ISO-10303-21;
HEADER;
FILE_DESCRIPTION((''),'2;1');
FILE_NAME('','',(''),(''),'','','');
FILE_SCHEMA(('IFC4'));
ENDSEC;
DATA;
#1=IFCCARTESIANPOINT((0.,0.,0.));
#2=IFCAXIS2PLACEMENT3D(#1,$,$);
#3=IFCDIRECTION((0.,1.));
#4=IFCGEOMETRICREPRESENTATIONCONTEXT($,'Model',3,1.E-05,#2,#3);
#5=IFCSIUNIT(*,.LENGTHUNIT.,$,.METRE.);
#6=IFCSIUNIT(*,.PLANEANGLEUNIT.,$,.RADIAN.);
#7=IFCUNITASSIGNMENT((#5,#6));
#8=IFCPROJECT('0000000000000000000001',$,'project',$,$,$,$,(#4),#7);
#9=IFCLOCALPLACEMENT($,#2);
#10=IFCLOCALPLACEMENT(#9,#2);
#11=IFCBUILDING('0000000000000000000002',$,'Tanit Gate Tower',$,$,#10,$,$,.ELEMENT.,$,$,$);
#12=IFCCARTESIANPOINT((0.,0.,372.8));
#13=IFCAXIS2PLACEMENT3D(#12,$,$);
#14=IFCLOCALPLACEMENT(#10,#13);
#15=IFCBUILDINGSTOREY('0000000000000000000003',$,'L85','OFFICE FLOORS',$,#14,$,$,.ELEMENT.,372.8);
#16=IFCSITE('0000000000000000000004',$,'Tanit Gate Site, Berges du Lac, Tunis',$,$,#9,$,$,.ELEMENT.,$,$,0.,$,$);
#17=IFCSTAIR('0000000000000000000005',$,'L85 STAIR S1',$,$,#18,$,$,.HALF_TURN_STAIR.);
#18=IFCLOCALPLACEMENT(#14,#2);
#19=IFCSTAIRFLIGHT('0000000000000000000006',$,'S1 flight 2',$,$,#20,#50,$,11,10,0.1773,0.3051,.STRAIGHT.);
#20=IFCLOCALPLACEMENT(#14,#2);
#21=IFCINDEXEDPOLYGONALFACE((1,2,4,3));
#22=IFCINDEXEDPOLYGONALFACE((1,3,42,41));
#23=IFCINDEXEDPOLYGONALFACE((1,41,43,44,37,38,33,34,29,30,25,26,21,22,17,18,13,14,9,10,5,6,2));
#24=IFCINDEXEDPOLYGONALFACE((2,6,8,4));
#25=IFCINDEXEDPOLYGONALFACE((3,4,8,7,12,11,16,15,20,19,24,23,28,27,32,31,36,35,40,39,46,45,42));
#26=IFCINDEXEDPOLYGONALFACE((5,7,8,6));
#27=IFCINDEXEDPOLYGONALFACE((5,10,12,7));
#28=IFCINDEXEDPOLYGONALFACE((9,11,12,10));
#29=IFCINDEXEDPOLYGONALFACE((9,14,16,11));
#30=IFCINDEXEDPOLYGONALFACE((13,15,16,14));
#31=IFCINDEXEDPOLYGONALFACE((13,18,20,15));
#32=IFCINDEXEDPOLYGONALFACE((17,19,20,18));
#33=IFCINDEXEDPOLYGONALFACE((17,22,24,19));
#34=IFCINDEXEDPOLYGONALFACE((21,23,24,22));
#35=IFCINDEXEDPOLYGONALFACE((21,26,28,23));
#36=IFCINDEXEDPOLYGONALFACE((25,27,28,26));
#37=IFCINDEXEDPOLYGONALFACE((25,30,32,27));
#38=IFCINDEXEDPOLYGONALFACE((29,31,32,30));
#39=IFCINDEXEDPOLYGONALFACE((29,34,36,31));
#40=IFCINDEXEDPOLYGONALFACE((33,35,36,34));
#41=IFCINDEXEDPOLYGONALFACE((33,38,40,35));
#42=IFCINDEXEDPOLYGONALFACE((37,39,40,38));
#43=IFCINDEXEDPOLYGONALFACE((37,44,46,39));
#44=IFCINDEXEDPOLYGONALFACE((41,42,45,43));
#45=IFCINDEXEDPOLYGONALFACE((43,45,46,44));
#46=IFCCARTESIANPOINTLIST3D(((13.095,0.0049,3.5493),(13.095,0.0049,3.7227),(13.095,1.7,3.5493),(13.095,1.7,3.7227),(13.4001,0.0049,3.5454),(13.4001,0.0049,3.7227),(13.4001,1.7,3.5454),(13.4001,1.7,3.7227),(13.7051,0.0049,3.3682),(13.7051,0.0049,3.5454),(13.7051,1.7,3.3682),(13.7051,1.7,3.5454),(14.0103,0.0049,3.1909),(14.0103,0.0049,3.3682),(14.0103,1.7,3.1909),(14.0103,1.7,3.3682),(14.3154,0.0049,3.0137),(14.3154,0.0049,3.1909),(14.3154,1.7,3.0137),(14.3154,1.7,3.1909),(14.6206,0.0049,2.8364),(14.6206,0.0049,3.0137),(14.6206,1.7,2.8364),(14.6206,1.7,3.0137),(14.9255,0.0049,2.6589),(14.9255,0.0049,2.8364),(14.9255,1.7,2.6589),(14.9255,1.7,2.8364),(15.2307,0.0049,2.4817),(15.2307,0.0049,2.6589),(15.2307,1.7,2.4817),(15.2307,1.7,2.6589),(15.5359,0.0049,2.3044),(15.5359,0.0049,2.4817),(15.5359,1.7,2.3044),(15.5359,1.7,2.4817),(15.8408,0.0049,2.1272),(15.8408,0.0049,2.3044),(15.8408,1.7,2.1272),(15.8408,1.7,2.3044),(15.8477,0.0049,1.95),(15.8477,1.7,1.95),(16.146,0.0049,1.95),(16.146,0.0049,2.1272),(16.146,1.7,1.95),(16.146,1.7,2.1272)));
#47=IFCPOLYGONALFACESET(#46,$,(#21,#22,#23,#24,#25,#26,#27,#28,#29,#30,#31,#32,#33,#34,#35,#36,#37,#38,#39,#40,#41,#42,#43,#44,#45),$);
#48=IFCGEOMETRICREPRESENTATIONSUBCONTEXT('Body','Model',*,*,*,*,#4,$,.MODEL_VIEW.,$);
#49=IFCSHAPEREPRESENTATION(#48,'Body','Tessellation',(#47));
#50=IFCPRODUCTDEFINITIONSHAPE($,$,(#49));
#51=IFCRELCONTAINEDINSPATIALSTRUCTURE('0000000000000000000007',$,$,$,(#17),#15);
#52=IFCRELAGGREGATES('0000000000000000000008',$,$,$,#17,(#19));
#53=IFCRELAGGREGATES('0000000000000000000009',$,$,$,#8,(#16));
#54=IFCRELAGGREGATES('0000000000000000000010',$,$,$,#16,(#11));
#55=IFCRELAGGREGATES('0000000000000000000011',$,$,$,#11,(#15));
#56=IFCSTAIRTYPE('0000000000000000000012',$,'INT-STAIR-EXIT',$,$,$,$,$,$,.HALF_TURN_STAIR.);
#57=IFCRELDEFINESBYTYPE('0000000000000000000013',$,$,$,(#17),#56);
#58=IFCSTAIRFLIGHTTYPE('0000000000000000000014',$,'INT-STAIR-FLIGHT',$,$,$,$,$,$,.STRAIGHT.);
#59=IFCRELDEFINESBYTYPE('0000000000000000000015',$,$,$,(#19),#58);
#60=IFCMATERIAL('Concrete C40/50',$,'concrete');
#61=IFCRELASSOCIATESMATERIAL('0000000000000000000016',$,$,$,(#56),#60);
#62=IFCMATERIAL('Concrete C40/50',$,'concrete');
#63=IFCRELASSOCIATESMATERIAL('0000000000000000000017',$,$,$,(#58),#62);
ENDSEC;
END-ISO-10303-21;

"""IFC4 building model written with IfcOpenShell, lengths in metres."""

from ifc_helpers import new_model, si_unit, direction, frame, origin, place, context, subcontext, project, spatial, polyline, outline, extrude, material, type_object, element, aggregate, save


model = new_model("IFC4")

# Units and contexts
model_context = context("Model", 3, precision=1e-05, world=origin(), true_north=direction((0.0, 1.0)))
body_context = subcontext(model_context, "Body", "Model", "MODEL_VIEW")
ifc_project = project(units=[si_unit("LENGTHUNIT", "METRE"), si_unit("PLANEANGLEUNIT", "RADIAN")], contexts=[model_context])

# Site, building, storey
site_placement = place(None, origin())
site = spatial("IfcSite", under=ifc_project, at=site_placement, Name="Tanit Gate Site, Berges du Lac, Tunis", CompositionType="ELEMENT", RefElevation=0.0)
building_placement = place(site_placement, origin())
building = spatial("IfcBuilding", under=site, at=building_placement, Name="Tanit Gate Tower", CompositionType="ELEMENT")
storey_placement = place(building_placement, frame((0.0, 0.0, 372.8)))
storey = spatial("IfcBuildingStorey", under=building, at=storey_placement, Name="L85", Description="OFFICE FLOORS", CompositionType="ELEMENT", Elevation=372.8)

# Stair, stair flight
ifc_material_1 = material(Name="Concrete C40/50", Category="concrete")
stair_type = type_object("IfcStairType", Name="INT-STAIR-EXIT", PredefinedType="HALF_TURN_STAIR", material=ifc_material_1)
stair_placement = place(storey_placement, origin())
stair = element("IfcStair", 1, at=stair_placement, inside=storey, type_object=stair_type, Name="L85 STAIR S1", PredefinedType="HALF_TURN_STAIR")
ifc_material_2 = material(Name="Concrete C40/50", Category="concrete")
stair_flight_type = type_object("IfcStairFlightType", Name="INT-STAIR-FLIGHT", PredefinedType="STRAIGHT", material=ifc_material_2)
stair_flight_placement = place(storey_placement, frame((16.146, 0.8525, 1.95), z_axis=(0.0, 0.0, 1.0), x_axis=(-1.0, 0.0, 0.0)))
stair_flight = element("IfcStairFlight", 2, at=stair_flight_placement, type_object=stair_flight_type, Name="S1 flight 2", NumberOfRisers=11, NumberOfTreads=10, PredefinedType="STRAIGHT", RiserHeight=0.1773, TreadLength=0.3051, context=body_context, shape_type="SweptSolid", body=[
    extrude(outline(polyline([(0.0, 0.0), (0.0, 0.1772), (0.3052, 0.1772), (0.3052, 0.3545), (0.6101, 0.3545), (0.6101, 0.5317), (0.9153, 0.5317), (0.9153, 0.709), (1.2205, 0.709), (1.2205, 0.8865), (1.5254, 0.8865), (1.5254, 1.0637), (1.8306, 1.0637), (1.8306, 1.241), (2.1357, 1.241), (2.1357, 1.4182), (2.4409, 1.4182), (2.4409, 1.5955), (2.7458, 1.5955), (2.7458, 1.7727), (3.051, 1.7727), (3.051, 1.95), (3.051, 1.5994), (0.2983, 0.0), (0.0, 0.0)])), frame((0.0, 0.8477, 0.0), z_axis=(0.0, -1.0, 0.0), x_axis=(1.0, 0.0, 0.0)), (0.0, 0.0, 1.0), 1.6951),
])
aggregate(stair, [stair_flight])

save(model, "model.ifc")
